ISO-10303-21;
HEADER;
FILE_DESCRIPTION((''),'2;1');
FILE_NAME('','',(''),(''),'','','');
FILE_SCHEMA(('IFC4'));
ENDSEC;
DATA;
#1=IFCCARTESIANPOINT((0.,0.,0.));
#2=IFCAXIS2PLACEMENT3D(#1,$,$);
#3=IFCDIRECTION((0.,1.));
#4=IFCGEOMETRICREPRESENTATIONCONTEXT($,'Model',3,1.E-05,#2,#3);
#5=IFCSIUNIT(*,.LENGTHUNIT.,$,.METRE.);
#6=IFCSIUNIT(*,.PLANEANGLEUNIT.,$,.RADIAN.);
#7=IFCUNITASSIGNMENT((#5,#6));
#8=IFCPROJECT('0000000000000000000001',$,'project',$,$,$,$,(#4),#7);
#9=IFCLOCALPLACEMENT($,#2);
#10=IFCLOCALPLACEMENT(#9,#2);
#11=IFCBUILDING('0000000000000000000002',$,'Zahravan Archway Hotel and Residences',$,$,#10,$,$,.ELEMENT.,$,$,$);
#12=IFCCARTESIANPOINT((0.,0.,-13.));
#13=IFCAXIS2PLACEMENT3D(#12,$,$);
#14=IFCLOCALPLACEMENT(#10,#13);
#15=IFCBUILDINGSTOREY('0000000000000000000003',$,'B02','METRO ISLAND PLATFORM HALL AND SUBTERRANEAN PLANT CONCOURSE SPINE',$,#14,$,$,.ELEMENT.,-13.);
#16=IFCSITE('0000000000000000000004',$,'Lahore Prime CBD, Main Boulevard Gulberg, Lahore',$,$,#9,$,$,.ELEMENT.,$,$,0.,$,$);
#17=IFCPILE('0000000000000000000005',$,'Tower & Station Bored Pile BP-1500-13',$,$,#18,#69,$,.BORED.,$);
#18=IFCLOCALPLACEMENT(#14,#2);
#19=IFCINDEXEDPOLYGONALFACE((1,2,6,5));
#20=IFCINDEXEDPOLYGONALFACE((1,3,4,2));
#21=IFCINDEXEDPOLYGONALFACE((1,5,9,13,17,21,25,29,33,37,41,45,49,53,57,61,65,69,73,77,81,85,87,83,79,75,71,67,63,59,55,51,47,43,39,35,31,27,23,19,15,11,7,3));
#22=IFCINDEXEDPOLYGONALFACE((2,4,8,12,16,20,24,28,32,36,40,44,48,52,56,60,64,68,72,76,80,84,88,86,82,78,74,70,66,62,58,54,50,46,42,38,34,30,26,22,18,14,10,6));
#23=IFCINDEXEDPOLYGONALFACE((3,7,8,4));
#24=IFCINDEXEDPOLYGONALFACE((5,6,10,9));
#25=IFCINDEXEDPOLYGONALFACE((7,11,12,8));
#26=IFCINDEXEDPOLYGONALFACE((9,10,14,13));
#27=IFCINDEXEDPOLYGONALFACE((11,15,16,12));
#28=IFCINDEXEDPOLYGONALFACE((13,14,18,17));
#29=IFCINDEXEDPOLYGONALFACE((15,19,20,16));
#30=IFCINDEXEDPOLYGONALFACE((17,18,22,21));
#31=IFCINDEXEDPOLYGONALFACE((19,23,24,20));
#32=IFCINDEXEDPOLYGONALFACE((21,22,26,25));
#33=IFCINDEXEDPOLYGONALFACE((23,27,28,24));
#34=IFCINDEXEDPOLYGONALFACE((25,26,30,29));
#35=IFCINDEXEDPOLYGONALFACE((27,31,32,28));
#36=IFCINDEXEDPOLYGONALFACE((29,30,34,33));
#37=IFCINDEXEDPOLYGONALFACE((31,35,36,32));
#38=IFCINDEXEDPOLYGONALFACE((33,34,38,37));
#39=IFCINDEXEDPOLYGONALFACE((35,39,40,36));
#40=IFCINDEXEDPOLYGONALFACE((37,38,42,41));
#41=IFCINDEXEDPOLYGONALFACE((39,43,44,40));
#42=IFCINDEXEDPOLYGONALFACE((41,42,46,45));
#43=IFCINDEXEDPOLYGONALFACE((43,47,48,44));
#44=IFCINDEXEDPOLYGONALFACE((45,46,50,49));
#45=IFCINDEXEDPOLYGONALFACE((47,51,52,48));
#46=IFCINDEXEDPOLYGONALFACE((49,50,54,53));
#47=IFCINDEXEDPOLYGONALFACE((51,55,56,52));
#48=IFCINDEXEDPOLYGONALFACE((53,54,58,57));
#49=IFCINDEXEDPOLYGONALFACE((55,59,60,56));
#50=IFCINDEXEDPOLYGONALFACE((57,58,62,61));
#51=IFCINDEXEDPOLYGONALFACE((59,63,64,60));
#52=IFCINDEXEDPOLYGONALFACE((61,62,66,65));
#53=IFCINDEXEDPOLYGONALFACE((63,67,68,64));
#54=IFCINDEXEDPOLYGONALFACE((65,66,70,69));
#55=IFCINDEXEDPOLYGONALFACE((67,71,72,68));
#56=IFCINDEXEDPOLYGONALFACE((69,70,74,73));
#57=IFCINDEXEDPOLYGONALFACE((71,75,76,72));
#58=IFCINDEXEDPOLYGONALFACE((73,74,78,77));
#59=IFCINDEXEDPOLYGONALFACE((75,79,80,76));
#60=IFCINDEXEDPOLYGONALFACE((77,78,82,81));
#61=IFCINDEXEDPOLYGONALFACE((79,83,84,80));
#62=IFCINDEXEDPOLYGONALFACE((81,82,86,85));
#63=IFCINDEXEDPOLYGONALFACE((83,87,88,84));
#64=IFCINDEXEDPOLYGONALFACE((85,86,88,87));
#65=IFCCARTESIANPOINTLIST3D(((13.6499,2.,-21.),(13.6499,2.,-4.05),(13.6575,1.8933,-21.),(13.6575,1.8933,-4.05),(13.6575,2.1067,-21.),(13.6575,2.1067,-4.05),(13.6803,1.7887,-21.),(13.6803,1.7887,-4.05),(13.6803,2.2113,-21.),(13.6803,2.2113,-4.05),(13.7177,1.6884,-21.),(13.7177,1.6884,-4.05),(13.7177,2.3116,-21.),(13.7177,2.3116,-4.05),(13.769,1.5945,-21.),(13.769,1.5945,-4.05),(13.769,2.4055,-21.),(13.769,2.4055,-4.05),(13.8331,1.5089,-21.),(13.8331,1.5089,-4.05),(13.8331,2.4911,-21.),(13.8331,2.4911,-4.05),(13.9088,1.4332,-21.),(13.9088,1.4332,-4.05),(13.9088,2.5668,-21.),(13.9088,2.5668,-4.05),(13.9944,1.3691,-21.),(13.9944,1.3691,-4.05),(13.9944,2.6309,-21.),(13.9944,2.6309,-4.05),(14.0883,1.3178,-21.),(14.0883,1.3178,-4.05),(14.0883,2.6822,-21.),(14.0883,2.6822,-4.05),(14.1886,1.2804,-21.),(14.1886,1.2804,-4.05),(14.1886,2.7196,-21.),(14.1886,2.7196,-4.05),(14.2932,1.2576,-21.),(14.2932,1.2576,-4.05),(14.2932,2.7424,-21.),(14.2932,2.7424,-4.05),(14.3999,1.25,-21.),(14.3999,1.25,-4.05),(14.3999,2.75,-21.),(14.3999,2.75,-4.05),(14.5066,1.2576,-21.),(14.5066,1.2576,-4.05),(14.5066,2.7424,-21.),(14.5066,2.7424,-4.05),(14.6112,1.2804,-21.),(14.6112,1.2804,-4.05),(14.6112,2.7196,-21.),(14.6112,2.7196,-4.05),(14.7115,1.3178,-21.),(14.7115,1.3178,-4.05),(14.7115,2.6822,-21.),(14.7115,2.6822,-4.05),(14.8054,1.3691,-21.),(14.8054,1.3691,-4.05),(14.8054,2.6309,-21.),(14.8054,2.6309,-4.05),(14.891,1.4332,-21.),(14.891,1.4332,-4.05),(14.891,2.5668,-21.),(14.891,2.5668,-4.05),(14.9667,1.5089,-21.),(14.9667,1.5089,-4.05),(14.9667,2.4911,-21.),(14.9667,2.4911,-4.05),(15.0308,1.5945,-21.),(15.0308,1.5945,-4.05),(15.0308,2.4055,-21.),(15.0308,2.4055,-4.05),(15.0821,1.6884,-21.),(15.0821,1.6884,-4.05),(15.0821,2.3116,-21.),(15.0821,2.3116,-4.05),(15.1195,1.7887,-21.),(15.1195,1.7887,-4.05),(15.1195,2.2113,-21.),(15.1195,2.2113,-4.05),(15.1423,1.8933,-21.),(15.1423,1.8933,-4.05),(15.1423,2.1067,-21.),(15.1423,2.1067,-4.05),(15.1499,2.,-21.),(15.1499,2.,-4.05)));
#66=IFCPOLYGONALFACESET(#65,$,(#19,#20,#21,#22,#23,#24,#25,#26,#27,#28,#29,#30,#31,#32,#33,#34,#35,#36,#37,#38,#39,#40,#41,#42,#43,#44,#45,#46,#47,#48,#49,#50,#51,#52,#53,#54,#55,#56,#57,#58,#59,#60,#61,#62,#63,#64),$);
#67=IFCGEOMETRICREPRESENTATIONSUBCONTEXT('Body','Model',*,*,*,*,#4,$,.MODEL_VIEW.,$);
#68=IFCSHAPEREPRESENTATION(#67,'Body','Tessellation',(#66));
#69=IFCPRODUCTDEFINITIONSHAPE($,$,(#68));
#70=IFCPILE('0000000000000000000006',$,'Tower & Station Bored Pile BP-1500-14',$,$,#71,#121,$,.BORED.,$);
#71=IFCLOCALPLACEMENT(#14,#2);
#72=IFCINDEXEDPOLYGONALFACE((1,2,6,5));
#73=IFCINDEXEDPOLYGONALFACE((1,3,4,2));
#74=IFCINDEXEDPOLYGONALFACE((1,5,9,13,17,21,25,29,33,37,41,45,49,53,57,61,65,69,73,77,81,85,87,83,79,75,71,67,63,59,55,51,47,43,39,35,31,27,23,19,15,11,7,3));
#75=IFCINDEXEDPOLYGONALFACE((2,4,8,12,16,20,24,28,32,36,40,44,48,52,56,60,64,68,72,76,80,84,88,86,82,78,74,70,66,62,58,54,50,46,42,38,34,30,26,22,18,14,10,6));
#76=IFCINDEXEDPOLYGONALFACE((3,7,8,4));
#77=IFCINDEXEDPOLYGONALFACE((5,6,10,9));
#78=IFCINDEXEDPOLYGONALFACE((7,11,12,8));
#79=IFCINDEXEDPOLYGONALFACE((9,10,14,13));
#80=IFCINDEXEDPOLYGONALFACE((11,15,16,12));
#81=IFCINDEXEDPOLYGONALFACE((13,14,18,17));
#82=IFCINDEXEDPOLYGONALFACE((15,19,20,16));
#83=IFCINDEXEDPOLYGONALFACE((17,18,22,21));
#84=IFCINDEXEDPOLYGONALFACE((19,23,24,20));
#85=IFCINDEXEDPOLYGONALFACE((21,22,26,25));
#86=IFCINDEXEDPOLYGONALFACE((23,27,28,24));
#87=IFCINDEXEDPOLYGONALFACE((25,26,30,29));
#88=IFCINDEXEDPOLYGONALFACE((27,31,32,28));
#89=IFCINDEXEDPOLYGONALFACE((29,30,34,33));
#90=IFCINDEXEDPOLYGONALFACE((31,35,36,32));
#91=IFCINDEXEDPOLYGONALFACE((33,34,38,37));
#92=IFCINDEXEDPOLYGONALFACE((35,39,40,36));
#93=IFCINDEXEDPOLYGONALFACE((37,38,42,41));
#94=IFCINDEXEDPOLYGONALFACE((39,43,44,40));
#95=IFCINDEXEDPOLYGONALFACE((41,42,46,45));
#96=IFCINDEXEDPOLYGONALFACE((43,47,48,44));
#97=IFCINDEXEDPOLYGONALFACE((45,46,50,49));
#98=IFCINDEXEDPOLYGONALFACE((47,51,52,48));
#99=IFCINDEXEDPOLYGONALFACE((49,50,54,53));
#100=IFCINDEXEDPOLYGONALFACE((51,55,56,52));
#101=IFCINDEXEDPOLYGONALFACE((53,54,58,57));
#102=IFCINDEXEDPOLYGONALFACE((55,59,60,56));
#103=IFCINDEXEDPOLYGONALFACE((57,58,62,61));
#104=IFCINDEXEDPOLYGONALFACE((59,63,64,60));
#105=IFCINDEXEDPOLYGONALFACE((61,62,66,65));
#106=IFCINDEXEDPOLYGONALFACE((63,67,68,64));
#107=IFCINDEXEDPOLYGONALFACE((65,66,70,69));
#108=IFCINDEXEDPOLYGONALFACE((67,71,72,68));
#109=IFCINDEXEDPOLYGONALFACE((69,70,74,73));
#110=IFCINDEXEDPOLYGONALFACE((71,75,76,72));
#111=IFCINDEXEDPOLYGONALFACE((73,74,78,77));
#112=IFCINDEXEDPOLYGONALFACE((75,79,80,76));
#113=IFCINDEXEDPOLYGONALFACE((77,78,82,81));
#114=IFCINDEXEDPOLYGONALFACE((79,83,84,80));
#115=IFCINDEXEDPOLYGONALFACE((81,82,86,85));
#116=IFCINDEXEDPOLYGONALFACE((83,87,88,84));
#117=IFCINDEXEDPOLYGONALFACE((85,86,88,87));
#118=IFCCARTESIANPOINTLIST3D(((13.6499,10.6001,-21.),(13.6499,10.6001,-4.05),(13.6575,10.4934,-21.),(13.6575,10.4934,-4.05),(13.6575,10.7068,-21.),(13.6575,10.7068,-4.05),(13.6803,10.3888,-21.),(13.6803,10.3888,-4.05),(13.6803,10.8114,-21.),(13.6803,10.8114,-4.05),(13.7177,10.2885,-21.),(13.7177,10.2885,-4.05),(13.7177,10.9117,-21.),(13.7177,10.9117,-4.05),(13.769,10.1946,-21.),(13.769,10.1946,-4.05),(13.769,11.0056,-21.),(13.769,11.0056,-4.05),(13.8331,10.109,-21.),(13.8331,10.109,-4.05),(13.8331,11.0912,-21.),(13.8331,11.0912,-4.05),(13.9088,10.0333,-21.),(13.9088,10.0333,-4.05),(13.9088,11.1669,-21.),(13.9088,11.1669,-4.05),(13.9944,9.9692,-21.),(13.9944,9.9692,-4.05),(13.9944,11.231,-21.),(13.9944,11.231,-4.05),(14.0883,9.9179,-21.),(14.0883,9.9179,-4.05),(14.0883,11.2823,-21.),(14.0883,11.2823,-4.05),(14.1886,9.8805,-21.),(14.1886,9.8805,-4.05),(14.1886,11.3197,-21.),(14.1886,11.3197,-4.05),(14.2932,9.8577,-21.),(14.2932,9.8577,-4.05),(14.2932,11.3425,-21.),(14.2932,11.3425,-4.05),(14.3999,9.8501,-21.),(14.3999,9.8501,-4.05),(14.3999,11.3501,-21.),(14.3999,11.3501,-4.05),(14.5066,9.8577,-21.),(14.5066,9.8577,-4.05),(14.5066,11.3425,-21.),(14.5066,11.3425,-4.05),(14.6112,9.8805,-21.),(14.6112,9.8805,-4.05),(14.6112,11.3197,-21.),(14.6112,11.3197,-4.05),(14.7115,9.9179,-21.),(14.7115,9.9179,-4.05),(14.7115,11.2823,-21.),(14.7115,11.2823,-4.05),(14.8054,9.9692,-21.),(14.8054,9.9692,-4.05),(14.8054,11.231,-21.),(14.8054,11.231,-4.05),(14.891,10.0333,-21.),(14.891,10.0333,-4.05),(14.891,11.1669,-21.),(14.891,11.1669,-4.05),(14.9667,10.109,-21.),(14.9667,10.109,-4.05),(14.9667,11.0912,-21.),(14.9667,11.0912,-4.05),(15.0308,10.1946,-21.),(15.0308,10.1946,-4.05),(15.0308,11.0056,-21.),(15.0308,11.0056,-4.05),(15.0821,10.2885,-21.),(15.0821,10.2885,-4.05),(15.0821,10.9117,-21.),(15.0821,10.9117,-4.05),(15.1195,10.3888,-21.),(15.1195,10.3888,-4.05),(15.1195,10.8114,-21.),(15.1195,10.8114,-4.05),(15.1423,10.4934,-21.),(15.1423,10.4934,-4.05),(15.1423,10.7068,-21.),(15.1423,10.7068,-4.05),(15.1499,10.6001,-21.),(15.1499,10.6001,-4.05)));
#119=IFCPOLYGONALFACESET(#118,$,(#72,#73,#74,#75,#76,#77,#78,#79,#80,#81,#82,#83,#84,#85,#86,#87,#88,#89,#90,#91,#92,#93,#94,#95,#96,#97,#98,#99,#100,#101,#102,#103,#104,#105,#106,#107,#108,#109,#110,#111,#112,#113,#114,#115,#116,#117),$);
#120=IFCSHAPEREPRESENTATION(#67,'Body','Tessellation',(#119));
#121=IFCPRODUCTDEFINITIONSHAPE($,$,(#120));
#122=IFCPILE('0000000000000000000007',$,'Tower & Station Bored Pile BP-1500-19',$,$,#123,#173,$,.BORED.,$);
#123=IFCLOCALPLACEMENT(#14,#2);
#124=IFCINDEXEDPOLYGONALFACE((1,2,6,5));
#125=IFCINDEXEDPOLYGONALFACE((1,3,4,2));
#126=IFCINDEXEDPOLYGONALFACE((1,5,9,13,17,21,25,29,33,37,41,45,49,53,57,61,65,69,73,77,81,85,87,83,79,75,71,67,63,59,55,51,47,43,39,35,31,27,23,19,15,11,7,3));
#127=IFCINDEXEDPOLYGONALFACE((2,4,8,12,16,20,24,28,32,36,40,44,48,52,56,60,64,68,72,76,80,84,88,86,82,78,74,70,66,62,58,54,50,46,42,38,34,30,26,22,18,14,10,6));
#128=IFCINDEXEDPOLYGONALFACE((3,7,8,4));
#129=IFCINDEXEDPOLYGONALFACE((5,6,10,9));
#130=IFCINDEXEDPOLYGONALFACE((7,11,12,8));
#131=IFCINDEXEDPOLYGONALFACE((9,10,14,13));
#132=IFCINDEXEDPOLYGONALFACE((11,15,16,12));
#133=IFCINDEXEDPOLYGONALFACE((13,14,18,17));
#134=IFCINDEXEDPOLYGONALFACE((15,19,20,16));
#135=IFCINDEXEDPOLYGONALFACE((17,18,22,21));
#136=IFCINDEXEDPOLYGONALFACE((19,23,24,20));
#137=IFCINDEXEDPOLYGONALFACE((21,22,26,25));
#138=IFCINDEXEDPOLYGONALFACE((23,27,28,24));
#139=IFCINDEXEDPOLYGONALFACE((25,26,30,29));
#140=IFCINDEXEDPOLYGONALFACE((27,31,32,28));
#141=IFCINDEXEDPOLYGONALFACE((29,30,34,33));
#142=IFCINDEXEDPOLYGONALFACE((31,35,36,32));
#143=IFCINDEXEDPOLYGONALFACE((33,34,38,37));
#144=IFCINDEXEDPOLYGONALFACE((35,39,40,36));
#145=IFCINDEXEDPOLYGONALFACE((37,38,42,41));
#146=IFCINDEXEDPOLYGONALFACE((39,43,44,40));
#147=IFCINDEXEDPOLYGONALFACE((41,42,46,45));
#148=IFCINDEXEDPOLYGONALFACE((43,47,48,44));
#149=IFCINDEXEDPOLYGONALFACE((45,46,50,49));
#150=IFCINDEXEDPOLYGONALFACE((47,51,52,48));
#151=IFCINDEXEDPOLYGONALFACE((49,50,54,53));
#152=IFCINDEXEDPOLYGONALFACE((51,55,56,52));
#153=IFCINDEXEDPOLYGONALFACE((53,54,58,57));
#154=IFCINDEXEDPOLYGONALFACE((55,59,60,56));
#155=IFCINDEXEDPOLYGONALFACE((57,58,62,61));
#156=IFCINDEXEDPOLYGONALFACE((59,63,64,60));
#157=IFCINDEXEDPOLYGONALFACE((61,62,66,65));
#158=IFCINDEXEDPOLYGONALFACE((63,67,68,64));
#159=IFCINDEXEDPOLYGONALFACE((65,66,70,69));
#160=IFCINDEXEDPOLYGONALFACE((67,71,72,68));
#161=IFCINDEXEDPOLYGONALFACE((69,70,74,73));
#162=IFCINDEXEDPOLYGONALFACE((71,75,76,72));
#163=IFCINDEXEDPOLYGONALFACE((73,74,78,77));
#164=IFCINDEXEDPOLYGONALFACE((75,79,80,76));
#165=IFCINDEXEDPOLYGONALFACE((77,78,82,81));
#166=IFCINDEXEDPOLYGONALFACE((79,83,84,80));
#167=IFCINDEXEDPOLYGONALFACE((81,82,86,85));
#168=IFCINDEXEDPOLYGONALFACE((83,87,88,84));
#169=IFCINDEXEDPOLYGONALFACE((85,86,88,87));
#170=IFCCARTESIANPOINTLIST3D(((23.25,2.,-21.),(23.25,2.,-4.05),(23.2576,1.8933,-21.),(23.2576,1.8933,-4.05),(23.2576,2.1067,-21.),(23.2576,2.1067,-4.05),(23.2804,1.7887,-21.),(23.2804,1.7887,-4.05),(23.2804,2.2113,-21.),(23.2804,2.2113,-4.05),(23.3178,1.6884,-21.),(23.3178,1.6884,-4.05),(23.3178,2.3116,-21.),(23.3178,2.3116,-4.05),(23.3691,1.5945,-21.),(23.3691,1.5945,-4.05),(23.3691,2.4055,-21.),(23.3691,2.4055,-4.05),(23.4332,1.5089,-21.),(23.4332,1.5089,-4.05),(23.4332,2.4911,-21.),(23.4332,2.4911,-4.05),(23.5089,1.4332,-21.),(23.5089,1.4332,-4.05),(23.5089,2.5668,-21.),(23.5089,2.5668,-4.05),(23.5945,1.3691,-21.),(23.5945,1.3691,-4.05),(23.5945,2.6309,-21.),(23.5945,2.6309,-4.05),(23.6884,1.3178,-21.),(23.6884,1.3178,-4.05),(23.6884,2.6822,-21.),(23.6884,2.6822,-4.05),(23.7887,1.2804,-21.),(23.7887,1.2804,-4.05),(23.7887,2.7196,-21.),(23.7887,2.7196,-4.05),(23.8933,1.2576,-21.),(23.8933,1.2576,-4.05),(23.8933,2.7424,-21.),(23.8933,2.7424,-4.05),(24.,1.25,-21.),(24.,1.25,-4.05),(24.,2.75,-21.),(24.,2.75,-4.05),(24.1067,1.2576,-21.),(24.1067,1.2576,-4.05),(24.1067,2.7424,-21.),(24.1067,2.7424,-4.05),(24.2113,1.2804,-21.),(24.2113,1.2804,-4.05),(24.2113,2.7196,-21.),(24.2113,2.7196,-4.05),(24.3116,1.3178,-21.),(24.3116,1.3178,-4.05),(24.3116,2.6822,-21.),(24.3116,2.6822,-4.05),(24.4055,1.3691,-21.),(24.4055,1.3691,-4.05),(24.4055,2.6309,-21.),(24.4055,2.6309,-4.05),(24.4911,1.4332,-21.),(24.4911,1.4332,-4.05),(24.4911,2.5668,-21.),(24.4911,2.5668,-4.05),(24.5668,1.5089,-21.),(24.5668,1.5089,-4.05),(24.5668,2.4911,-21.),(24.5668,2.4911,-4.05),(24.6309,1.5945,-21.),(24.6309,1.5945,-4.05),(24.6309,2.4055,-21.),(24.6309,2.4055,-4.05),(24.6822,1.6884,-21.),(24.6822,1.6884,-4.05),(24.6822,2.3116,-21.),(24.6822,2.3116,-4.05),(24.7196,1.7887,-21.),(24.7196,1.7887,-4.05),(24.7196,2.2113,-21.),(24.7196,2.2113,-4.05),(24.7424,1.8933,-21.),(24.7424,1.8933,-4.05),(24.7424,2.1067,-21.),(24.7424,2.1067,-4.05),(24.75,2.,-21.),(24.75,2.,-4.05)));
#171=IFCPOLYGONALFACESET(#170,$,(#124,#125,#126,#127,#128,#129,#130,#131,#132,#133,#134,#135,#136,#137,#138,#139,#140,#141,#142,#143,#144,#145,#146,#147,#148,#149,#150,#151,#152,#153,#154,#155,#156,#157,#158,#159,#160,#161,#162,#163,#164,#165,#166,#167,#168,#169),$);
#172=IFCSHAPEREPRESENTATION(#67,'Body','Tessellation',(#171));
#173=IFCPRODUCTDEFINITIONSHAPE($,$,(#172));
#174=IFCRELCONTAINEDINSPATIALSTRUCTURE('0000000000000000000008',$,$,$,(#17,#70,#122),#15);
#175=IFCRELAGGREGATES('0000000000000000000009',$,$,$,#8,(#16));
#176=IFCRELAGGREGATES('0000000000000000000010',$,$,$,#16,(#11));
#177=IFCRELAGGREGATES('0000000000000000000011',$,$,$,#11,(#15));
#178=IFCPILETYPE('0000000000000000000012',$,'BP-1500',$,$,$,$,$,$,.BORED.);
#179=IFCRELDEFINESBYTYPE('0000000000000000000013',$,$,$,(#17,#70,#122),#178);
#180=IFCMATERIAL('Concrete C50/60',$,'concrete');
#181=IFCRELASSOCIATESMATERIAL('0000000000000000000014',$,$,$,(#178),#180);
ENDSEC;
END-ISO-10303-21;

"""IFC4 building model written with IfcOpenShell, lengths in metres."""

from ifc_helpers import new_model, si_unit, direction, frame, origin, origin_2d, place, context, subcontext, project, spatial, circle, extrude, source, transform, mapped, material, material_profile, profile_set, type_object, type_shapes, element, save


model = new_model("IFC4")

# Units and contexts
model_context = context("Model", 3, precision=1e-05, world=origin(), true_north=direction((0.0, 1.0)))
body_context = subcontext(model_context, "Body", "Model", "MODEL_VIEW")
ifc_project = project(units=[si_unit("LENGTHUNIT", "METRE"), si_unit("PLANEANGLEUNIT", "RADIAN")], contexts=[model_context])

# Site, building, storey
site_placement = place(None, origin())
site = spatial("IfcSite", under=ifc_project, at=site_placement, Name="Lahore Prime CBD, Main Boulevard Gulberg, Lahore", CompositionType="ELEMENT", RefElevation=0.0)
building_placement = place(site_placement, origin())
building = spatial("IfcBuilding", under=site, at=building_placement, Name="Zahravan Archway Hotel and Residences", CompositionType="ELEMENT")
storey_placement = place(building_placement, frame((0.0, 0.0, -13.0)))
storey = spatial("IfcBuildingStorey", under=building, at=storey_placement, Name="B02", Description="METRO ISLAND PLATFORM HALL AND SUBTERRANEAN PLANT CONCOURSE SPINE", CompositionType="ELEMENT", Elevation=-13.0)

# Piles
ifc_material_1 = material(Name="Concrete C50/60", Category="concrete")
ifc_material_profile_1 = material_profile(ifc_material_1, circle(Radius=0.75, at=origin_2d()), Name="PILE D1500", Category="concrete")
ifc_profile_set_1 = profile_set([ifc_material_profile_1], Name="Concrete C50/60")
pile_type = type_object("IfcPileType", Name="BP-1500", PredefinedType="BORED", material=ifc_profile_set_1)
shared_shape_1 = source(origin(), body_context, "Body", "SweptSolid", [
    extrude(circle(Radius=0.75, at=origin_2d()), origin(), (0.0, 0.0, 1.0), 16.95),
])
type_shapes(pile_type, [shared_shape_1])
for number, where, z_axis, x_axis, name in (
    (1, (14.3999, 2.0, -4.05), (0.0, 0.0, -1.0), (1.0, 0.0, 0.0), "Tower & Station Bored Pile BP-1500-13"),
    (2, (14.3999, 10.6001, -4.05), (0.0, 0.0, -1.0), (1.0, 0.0, 0.0), "Tower & Station Bored Pile BP-1500-14"),
    (3, (24.0, 2.0, -4.05), (0.0, 0.0, -1.0), (1.0, 0.0, 0.0), "Tower & Station Bored Pile BP-1500-19"),
):
    element("IfcPile", number, at=place(storey_placement, frame(where, z_axis=z_axis, x_axis=x_axis)), inside=storey, type_object=pile_type, Name=name, PredefinedType="BORED", context=body_context, shape_type="MappedRepresentation", body=[
        mapped(shared_shape_1, transform((0.0, 0.0, 0.0), scale=1.0)),
    ])

save(model, "model.ifc")
